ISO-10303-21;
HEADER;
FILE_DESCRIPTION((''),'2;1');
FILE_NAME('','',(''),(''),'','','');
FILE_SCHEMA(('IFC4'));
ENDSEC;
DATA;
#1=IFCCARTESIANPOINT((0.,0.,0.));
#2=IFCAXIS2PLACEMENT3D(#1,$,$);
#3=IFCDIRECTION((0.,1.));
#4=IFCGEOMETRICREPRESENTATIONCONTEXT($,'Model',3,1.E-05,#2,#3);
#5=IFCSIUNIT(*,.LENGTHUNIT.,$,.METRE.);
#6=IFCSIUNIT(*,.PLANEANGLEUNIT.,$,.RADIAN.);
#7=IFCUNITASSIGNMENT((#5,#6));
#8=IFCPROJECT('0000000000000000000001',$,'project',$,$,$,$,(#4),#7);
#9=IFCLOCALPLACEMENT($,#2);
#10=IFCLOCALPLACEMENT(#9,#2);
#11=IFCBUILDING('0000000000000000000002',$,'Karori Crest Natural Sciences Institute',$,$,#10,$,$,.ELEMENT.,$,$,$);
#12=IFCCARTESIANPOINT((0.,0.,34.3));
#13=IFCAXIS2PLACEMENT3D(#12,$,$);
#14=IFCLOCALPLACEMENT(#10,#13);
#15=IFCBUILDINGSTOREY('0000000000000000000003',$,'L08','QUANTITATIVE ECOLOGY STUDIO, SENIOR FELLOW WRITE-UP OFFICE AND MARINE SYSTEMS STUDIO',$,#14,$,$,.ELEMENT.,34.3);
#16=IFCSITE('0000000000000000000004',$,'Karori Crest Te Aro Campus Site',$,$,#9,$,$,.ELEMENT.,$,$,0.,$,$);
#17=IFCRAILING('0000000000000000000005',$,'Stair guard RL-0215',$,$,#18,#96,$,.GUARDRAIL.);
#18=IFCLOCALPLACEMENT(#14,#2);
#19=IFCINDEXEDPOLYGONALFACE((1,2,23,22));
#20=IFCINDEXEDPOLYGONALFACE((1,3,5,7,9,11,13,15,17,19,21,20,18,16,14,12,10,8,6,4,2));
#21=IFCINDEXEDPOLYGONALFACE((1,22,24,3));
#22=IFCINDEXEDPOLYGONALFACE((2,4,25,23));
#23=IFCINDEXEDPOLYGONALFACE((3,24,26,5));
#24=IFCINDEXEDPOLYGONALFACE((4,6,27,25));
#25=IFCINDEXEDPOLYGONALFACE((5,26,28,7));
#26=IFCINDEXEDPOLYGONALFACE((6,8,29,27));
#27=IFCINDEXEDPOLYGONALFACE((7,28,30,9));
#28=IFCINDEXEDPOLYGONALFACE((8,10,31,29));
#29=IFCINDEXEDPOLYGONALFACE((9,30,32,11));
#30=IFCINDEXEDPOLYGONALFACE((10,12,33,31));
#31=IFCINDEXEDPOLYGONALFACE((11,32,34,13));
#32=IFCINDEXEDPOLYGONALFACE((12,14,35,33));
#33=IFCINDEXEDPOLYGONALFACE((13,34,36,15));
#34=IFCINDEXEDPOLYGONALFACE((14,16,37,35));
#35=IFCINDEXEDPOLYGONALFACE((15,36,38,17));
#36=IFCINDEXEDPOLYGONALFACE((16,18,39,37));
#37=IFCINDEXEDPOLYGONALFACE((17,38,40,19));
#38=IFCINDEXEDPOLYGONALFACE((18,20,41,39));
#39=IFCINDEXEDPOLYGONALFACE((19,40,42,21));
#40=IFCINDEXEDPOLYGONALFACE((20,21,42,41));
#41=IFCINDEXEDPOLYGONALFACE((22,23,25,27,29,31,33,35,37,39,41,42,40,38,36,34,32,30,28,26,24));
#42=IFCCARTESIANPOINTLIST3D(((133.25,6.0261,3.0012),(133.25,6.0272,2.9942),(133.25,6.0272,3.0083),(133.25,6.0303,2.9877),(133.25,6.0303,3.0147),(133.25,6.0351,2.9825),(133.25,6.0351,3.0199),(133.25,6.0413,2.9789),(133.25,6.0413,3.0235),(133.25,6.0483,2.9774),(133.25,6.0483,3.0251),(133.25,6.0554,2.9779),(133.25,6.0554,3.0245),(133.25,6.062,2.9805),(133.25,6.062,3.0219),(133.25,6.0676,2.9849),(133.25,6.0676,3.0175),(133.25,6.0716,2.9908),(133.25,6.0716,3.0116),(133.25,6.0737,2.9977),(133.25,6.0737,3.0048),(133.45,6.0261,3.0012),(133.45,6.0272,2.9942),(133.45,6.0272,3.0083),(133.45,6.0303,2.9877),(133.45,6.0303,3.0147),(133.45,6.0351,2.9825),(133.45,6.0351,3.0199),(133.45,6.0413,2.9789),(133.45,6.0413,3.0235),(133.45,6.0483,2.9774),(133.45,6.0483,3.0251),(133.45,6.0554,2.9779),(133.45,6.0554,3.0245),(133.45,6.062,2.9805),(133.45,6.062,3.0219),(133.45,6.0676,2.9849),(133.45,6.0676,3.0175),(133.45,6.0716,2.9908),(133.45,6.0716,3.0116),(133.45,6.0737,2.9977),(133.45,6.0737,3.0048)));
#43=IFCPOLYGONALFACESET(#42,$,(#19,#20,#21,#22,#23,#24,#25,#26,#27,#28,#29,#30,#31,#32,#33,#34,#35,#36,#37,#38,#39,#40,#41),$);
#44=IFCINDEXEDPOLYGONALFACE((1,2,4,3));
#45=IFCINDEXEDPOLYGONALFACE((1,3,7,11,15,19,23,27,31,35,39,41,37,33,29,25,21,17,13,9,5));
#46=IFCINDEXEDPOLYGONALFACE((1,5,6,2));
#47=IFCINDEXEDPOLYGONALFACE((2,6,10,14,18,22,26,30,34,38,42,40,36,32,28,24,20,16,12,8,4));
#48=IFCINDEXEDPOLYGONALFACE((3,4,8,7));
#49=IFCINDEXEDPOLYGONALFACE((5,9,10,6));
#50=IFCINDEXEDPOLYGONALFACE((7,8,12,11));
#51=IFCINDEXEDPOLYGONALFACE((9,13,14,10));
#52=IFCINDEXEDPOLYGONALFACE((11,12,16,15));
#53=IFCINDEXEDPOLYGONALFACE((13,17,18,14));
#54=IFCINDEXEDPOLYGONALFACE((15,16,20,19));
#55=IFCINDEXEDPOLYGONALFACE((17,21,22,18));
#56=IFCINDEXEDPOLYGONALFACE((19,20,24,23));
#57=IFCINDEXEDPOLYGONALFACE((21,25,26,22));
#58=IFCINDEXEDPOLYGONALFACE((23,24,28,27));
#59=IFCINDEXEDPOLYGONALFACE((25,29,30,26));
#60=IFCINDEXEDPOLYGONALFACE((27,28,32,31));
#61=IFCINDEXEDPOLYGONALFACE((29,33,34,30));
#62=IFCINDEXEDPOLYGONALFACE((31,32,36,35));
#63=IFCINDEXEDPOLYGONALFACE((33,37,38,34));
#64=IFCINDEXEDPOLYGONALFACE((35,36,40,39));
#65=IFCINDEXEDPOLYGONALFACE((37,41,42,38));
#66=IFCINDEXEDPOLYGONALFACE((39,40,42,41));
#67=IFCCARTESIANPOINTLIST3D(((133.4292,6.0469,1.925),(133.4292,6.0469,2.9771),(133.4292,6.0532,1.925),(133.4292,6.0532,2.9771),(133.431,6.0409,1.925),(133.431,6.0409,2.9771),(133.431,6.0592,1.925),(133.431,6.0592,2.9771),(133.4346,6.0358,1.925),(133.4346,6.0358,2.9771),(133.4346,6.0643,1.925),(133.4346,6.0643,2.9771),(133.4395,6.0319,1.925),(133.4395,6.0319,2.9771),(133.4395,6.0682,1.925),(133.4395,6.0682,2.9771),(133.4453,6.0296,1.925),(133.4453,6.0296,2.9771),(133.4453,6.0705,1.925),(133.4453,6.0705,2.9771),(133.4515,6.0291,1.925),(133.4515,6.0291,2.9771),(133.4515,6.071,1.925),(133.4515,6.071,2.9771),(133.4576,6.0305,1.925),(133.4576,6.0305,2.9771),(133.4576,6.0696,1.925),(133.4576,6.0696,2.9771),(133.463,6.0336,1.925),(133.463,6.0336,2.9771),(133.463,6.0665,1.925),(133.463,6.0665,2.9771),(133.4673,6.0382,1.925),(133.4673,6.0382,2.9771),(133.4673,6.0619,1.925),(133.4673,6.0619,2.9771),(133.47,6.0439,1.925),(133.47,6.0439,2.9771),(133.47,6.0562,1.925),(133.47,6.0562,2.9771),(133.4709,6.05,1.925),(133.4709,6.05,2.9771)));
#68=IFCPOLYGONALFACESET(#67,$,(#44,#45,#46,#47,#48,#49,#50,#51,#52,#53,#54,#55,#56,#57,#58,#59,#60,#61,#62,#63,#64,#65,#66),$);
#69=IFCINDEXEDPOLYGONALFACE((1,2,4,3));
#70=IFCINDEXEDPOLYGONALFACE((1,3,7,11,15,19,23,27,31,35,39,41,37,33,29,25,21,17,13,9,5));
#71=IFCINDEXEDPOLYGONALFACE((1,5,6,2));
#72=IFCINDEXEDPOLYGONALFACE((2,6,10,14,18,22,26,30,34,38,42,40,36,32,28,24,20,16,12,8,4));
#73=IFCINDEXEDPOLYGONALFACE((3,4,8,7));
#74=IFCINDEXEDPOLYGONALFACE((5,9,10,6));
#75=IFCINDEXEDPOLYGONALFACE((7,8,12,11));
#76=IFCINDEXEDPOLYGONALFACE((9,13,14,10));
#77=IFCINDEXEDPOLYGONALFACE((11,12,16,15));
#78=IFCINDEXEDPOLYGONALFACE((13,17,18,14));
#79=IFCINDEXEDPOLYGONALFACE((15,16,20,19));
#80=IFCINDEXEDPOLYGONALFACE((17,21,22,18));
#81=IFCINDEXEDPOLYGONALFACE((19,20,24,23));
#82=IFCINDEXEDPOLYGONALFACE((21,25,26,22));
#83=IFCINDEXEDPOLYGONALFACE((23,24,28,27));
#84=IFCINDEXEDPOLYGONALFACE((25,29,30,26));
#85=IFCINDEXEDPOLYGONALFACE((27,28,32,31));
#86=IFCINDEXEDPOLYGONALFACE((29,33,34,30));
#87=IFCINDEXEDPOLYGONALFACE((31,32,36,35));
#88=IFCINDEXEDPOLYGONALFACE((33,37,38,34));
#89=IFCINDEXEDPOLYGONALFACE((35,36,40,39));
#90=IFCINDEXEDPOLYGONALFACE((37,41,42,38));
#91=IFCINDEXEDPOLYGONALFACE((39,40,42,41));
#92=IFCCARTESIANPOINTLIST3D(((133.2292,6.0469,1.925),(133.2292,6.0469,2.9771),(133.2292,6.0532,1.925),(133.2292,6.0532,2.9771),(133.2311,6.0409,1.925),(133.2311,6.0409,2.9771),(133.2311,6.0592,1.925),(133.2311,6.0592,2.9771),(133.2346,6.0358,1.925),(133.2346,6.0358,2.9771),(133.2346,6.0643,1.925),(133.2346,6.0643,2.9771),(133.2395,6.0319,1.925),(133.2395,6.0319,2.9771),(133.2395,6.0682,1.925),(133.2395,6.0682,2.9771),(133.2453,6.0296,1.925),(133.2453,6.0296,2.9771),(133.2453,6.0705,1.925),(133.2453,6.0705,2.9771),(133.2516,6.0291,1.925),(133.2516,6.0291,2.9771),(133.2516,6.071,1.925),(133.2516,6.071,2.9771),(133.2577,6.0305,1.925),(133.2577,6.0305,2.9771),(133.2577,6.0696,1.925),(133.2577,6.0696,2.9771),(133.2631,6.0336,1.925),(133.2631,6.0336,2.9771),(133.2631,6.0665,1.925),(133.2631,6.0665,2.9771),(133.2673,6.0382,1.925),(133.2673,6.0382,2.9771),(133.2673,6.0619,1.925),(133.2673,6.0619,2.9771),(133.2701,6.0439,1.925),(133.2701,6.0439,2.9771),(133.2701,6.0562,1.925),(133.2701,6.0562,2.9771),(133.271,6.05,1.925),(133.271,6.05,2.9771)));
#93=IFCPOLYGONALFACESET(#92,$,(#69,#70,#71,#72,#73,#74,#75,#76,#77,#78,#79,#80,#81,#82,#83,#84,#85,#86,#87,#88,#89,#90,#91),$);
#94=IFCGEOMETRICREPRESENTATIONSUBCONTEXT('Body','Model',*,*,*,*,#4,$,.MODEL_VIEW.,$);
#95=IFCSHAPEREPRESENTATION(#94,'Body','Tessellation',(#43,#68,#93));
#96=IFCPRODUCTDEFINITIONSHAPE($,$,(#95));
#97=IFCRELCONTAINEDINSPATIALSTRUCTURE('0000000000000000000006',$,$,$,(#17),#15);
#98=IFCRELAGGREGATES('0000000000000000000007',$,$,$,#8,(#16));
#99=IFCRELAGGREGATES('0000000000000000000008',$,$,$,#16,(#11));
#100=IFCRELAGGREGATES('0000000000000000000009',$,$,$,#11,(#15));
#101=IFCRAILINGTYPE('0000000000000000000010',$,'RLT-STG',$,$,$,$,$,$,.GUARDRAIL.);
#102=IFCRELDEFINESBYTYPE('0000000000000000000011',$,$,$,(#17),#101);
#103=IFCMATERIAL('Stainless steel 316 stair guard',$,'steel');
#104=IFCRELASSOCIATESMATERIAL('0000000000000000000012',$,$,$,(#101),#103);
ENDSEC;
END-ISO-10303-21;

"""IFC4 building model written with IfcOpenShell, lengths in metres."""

from ifc_helpers import new_model, si_unit, direction, frame, origin, origin_2d, place, context, subcontext, project, spatial, circle, extrude, material, type_object, element, save


model = new_model("IFC4")

# Units and contexts
model_context = context("Model", 3, precision=1e-05, world=origin(), true_north=direction((0.0, 1.0)))
body_context = subcontext(model_context, "Body", "Model", "MODEL_VIEW")
ifc_project = project(units=[si_unit("LENGTHUNIT", "METRE"), si_unit("PLANEANGLEUNIT", "RADIAN")], contexts=[model_context])

# Site, building, storey
site_placement = place(None, origin())
site = spatial("IfcSite", under=ifc_project, at=site_placement, Name="Karori Crest Te Aro Campus Site", CompositionType="ELEMENT", RefElevation=0.0)
building_placement = place(site_placement, origin())
building = spatial("IfcBuilding", under=site, at=building_placement, Name="Karori Crest Natural Sciences Institute", CompositionType="ELEMENT")
storey_placement = place(building_placement, frame((0.0, 0.0, 34.3)))
storey = spatial("IfcBuildingStorey", under=building, at=storey_placement, Name="L08", Description="QUANTITATIVE ECOLOGY STUDIO, SENIOR FELLOW WRITE-UP OFFICE AND MARINE SYSTEMS STUDIO", CompositionType="ELEMENT", Elevation=34.3)

# Railing
ifc_material_1 = material(Name="Stainless steel 316 stair guard", Category="steel")
railing_type_1 = type_object("IfcRailingType", Name="RLT-STG", PredefinedType="GUARDRAIL", material=ifc_material_1)
railing_1_placement = place(storey_placement, frame((133.45, 6.05, 1.925)))
element("IfcRailing", 1, at=railing_1_placement, inside=storey, type_object=railing_type_1, Name="Stair guard RL-0215", PredefinedType="GUARDRAIL", context=body_context, shape_type="SweptSolid", body=[
    extrude(circle(Radius=0.0239, at=origin_2d()), frame((0.0, 0.0, 1.0762), z_axis=(-1.0, 0.0, 0.0), x_axis=(0.0, -1.0, 0.0)), (0.0, 0.0, 1.0), 0.2),
    extrude(circle(Radius=0.021, at=origin_2d()), origin(), (0.0, 0.0, 1.0), 1.052),
    extrude(circle(Radius=0.021, at=origin_2d()), frame((-0.2, 0.0, 0.0)), (0.0, 0.0, 1.0), 1.052),
])

save(model, "model.ifc")
